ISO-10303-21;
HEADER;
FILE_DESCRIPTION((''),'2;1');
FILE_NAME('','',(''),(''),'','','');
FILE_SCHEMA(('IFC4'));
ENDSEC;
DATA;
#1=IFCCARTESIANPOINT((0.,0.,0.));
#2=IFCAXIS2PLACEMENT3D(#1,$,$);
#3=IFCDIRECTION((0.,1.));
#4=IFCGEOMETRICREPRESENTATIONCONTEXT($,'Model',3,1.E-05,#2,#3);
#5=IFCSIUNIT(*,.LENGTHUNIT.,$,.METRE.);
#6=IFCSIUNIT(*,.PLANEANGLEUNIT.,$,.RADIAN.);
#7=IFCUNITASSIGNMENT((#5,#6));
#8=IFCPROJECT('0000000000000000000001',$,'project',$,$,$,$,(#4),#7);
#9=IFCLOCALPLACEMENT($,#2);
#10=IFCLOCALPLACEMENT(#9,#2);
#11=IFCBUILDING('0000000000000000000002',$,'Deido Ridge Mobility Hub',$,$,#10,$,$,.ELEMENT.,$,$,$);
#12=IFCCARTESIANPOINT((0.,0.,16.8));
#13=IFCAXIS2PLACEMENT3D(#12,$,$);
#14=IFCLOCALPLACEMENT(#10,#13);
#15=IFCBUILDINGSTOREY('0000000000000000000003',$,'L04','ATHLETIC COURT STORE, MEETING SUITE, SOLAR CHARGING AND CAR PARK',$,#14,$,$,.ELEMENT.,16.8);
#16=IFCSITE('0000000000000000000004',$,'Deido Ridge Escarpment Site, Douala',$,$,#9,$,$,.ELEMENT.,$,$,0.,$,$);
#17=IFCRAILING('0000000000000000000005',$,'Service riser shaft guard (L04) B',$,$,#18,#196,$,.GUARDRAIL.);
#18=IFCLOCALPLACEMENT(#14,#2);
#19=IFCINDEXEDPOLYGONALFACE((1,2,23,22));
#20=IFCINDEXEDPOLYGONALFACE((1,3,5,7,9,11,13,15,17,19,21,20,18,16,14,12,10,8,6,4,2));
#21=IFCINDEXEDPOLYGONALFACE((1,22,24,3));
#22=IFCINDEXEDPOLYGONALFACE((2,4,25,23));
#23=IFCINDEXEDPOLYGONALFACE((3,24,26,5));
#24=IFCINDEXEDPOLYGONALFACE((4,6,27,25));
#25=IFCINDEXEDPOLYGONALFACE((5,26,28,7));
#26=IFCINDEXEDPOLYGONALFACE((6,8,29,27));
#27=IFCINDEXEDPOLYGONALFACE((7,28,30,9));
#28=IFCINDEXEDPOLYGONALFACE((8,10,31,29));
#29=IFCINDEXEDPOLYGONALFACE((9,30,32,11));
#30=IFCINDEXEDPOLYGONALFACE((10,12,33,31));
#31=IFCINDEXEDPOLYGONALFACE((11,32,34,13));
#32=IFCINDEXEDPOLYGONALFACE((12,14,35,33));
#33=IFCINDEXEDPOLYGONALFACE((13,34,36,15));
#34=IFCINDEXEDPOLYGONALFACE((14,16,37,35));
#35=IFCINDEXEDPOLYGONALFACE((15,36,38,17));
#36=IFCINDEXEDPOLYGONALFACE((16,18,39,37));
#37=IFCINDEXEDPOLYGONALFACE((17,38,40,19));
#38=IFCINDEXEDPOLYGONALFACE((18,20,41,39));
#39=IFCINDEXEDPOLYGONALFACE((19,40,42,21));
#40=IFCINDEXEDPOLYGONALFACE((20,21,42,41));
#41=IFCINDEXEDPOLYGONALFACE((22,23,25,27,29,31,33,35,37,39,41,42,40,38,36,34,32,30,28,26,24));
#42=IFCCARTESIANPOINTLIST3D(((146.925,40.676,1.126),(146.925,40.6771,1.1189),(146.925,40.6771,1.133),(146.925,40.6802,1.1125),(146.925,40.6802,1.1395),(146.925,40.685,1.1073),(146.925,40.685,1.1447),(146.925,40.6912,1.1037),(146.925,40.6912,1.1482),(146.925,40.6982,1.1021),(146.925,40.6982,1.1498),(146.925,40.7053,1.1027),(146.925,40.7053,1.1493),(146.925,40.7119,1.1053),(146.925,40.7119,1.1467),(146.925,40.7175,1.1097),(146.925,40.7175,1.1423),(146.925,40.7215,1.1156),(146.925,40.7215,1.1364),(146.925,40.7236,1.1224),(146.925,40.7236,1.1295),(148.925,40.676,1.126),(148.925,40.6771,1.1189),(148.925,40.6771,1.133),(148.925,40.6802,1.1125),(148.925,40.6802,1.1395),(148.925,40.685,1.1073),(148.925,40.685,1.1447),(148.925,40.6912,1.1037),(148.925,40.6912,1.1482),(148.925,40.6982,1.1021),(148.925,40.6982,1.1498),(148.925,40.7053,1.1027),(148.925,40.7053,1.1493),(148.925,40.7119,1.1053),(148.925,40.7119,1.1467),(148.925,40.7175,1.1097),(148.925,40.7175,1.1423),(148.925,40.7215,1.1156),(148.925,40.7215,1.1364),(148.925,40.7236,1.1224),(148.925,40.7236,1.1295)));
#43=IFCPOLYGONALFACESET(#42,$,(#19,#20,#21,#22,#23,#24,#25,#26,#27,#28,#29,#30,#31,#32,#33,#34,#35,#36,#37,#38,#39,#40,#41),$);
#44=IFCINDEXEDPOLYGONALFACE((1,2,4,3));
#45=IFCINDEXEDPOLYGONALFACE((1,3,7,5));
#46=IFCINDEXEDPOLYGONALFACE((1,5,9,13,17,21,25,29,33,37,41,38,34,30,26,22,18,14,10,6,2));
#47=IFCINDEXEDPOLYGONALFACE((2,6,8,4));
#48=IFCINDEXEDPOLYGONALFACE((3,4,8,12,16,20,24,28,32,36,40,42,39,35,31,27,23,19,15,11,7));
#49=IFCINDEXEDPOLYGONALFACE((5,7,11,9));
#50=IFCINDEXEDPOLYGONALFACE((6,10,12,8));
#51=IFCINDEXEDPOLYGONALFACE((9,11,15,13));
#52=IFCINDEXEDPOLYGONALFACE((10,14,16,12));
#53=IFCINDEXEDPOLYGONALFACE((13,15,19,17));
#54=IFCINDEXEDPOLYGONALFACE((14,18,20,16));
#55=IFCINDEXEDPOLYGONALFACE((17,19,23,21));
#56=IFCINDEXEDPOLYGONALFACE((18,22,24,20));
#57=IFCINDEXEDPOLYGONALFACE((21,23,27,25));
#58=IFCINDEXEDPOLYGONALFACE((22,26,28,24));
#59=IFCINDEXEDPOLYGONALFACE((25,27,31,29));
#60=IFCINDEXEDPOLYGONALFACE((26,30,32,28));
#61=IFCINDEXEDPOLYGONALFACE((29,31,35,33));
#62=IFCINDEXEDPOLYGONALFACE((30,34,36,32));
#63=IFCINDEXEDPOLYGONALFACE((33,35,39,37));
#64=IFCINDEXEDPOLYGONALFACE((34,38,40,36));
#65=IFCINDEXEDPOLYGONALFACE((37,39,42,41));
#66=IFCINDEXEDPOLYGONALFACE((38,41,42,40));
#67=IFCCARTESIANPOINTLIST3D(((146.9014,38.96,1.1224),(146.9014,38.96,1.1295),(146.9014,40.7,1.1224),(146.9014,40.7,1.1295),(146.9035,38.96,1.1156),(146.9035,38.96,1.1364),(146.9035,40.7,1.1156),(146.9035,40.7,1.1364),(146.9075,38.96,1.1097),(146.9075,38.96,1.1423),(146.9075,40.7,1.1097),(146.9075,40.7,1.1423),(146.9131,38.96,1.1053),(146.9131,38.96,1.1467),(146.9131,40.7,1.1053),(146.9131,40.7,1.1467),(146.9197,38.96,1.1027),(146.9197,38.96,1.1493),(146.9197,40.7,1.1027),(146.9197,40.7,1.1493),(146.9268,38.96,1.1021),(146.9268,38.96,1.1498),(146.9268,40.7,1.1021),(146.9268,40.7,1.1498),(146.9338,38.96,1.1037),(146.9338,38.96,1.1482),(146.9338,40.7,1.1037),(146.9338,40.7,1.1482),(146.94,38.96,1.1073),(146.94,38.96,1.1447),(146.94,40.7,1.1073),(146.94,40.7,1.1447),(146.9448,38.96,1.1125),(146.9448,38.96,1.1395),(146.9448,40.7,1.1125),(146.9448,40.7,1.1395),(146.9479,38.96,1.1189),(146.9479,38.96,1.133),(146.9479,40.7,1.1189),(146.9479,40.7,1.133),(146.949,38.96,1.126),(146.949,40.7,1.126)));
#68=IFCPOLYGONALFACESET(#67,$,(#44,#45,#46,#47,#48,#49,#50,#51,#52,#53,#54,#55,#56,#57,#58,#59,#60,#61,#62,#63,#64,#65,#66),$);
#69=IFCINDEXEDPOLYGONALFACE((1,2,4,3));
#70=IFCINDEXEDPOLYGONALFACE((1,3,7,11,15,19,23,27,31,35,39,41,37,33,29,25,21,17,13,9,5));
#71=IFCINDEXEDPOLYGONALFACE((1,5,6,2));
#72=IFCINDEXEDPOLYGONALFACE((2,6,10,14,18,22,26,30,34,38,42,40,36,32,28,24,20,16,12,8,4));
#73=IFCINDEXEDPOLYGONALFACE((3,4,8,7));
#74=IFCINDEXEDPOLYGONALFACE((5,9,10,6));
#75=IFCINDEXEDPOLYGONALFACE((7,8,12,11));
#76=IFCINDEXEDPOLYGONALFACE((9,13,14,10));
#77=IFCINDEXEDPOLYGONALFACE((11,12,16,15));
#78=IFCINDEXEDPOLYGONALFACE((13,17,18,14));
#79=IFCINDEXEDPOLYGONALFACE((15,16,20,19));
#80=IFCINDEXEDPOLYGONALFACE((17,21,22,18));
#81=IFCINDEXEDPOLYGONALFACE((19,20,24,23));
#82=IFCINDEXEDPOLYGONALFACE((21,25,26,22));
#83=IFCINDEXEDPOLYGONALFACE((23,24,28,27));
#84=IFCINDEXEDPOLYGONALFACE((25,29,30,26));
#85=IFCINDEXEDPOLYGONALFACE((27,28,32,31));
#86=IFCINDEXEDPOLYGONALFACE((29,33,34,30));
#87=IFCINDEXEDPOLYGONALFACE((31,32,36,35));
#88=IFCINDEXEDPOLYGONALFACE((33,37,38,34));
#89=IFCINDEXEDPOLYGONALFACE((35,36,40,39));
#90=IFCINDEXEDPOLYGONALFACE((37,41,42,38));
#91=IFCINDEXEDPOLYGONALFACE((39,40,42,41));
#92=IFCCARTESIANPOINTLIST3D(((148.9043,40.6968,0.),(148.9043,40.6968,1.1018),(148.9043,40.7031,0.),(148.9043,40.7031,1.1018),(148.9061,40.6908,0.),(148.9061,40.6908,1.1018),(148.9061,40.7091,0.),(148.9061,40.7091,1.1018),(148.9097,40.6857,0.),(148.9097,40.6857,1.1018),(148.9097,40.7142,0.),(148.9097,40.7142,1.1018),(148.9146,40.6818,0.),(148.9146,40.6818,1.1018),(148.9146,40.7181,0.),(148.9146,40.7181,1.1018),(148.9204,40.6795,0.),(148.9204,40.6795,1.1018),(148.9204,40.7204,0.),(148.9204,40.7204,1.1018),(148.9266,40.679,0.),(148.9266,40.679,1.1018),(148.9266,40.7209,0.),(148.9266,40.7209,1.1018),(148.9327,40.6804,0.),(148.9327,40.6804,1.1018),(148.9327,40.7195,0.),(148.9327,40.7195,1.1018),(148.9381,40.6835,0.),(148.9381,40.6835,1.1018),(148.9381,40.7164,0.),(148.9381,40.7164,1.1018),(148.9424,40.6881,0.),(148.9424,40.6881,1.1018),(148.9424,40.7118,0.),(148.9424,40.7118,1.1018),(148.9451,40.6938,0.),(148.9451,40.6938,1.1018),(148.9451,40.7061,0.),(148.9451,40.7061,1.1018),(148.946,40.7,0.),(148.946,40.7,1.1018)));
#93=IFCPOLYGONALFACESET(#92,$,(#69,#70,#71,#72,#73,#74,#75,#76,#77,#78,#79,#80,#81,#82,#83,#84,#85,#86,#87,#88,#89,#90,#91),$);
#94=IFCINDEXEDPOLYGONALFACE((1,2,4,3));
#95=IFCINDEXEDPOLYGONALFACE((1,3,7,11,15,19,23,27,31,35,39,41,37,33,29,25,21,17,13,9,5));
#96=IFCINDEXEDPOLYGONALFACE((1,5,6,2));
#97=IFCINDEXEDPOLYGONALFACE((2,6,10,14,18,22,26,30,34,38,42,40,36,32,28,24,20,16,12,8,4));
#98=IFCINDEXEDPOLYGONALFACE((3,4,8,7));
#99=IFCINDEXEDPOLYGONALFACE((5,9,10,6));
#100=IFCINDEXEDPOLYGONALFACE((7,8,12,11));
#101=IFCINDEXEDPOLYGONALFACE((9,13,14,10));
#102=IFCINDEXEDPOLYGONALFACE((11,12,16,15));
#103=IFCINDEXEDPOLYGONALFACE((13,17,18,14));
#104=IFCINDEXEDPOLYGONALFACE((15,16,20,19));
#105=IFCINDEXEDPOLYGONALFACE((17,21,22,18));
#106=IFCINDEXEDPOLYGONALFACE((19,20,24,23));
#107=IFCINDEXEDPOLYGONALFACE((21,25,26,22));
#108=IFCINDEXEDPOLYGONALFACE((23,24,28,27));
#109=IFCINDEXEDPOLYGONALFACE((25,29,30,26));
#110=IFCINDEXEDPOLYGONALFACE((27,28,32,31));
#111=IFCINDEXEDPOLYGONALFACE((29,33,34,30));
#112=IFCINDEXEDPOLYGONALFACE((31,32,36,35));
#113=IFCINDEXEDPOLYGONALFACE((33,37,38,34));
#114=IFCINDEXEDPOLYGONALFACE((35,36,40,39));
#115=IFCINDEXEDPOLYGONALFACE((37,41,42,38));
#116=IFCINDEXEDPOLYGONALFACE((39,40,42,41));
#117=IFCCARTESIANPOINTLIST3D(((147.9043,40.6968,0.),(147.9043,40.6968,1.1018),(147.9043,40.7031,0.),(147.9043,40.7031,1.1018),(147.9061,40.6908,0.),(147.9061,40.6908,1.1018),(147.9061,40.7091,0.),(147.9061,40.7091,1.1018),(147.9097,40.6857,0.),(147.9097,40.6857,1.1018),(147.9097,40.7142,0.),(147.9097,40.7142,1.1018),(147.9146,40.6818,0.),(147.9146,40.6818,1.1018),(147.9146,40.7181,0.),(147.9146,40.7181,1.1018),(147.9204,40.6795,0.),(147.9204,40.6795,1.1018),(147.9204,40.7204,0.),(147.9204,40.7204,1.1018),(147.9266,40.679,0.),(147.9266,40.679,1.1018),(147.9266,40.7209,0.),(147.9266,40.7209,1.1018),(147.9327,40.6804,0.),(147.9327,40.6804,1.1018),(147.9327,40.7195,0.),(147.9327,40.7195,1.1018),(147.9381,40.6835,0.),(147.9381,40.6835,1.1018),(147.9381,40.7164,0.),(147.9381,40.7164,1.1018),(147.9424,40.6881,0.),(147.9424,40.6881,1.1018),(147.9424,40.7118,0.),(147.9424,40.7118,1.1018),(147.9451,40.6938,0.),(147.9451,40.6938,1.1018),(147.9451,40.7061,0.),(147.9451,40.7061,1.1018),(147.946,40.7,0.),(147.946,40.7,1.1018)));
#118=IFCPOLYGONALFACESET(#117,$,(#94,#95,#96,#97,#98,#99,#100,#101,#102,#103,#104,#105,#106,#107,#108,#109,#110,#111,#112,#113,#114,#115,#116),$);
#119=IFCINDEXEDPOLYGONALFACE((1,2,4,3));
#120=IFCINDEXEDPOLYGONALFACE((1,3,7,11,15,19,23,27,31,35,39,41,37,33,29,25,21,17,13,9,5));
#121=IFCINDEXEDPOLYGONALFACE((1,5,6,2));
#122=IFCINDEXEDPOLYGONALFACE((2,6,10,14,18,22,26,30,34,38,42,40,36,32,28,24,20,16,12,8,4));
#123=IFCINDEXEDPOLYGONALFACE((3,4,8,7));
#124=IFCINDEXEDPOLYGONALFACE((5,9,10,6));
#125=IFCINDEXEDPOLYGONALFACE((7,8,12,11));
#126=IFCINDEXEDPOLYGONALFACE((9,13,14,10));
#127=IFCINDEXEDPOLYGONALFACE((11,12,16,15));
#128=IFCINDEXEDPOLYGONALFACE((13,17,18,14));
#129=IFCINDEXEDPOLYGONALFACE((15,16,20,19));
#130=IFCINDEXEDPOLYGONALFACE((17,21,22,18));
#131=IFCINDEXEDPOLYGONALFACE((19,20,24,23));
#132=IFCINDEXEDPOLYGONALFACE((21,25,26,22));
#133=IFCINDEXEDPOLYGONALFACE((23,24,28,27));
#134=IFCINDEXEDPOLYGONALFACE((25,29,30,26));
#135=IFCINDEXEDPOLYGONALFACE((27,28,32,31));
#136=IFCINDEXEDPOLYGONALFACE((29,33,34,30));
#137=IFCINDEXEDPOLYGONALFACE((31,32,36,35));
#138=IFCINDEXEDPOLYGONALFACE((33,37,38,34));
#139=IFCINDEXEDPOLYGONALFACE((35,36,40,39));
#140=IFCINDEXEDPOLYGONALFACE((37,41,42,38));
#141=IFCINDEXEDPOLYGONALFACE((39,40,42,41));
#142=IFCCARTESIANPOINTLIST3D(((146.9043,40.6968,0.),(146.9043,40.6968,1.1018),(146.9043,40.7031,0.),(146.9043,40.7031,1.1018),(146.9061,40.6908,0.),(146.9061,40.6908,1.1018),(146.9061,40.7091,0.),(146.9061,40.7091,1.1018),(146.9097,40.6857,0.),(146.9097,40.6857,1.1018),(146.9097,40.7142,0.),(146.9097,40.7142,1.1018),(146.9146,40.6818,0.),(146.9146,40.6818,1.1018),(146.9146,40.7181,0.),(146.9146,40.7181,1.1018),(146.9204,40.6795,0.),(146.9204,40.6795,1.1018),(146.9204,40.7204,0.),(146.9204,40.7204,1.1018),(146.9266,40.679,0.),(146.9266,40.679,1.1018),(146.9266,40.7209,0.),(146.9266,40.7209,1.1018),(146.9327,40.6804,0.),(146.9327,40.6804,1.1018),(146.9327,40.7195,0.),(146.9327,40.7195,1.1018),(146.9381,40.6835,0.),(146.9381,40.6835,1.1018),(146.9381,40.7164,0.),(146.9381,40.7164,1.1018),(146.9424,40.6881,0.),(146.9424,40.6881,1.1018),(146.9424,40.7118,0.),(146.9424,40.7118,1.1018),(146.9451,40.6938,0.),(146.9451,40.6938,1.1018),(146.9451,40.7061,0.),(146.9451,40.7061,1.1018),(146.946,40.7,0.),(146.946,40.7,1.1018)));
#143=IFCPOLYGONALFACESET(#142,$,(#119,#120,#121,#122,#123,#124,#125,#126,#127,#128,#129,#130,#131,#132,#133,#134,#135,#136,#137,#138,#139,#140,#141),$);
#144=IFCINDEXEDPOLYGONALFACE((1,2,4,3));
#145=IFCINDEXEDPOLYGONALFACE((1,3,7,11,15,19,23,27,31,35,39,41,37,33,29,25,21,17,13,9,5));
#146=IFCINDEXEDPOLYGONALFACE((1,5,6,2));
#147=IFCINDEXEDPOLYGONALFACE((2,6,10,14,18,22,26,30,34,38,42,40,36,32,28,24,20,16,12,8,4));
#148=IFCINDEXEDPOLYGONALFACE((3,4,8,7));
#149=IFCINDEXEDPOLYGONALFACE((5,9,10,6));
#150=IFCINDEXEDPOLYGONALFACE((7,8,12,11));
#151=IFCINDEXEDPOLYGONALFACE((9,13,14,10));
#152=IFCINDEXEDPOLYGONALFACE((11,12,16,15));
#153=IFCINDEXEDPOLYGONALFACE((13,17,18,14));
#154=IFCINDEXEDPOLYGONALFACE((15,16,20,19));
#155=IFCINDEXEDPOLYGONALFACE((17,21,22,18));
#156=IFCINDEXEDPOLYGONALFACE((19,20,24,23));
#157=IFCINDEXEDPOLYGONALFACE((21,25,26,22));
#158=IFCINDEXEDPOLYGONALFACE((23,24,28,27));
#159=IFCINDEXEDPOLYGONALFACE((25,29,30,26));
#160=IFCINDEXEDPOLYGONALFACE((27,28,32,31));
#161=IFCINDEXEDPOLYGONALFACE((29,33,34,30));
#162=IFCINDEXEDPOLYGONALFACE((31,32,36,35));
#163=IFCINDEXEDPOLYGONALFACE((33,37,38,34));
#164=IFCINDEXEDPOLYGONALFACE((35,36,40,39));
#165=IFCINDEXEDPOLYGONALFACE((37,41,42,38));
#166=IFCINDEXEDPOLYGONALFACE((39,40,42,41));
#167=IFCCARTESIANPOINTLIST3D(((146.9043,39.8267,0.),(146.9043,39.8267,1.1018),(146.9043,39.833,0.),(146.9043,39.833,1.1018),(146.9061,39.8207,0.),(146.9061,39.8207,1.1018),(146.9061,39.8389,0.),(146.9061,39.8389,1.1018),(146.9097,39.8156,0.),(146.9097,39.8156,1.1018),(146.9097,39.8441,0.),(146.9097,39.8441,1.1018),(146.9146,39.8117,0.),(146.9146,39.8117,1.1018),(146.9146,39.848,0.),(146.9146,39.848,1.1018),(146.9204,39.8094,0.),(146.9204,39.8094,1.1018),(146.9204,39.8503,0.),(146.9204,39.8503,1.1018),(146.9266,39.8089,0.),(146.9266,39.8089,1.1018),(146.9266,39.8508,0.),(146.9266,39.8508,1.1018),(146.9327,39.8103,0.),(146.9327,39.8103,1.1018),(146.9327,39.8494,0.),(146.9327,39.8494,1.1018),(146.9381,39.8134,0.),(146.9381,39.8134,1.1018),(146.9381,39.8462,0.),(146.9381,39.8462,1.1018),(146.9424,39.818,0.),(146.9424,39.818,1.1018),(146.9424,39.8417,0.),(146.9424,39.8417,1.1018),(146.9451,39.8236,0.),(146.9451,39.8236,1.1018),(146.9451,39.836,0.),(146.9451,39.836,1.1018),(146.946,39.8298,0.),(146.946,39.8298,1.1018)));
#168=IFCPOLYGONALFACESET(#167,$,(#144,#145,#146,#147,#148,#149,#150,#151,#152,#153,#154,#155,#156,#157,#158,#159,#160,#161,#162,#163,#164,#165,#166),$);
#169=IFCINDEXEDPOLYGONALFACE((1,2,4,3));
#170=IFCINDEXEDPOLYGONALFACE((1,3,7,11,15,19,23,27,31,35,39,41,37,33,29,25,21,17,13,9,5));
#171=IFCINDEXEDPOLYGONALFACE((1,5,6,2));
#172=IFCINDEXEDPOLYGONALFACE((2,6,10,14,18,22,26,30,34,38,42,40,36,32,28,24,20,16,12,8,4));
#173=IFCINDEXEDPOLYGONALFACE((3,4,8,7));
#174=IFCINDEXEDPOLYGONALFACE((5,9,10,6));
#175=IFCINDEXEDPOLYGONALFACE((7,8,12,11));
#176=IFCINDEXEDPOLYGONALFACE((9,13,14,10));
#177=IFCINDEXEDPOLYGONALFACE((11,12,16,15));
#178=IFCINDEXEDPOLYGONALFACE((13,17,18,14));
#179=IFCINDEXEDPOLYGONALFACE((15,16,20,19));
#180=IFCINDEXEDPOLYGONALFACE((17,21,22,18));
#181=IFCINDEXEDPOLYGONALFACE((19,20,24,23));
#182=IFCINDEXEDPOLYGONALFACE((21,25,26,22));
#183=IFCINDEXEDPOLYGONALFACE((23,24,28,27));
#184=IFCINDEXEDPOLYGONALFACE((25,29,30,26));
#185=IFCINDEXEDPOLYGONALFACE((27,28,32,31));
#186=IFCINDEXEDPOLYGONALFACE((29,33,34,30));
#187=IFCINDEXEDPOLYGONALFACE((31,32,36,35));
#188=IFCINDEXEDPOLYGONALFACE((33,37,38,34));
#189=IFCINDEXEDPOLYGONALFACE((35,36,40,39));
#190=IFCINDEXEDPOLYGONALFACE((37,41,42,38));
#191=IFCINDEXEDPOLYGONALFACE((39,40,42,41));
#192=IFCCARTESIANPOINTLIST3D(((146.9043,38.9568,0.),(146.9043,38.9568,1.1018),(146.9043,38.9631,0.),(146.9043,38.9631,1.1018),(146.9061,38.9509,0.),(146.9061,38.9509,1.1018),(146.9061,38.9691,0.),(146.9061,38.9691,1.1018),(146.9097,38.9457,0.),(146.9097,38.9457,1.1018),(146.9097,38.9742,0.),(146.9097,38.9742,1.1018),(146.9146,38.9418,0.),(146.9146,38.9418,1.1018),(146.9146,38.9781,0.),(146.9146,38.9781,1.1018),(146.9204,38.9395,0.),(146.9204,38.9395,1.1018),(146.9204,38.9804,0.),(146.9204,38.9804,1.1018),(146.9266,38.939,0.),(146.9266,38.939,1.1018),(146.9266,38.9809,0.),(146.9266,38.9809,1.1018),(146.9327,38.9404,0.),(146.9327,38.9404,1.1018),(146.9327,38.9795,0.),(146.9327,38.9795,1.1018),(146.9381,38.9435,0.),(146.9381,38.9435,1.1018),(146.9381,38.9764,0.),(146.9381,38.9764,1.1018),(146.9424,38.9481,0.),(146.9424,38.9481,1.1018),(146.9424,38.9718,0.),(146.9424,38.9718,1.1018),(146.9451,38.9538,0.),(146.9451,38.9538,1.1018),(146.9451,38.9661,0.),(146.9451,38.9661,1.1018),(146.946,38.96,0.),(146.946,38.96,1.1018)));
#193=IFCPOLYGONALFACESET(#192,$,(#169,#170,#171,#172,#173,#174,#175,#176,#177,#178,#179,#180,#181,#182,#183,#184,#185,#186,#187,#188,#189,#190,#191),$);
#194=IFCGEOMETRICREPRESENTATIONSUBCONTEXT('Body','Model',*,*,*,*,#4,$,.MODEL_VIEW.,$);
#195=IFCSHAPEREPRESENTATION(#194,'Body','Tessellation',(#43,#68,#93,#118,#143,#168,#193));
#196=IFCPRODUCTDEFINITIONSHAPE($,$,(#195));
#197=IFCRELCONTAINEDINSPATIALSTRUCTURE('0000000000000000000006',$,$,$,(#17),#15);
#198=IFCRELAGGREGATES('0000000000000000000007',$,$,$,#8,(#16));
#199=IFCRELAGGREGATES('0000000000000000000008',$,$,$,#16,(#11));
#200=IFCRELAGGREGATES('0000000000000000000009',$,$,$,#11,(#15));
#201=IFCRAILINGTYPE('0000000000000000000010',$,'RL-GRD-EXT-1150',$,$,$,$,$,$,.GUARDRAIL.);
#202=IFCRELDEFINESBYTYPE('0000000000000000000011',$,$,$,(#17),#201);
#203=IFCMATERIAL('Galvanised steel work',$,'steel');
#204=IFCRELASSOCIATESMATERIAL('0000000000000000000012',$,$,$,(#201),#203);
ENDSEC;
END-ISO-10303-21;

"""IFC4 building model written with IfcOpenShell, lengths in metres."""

from ifc_helpers import new_model, si_unit, direction, frame, origin, origin_2d, place, context, subcontext, project, spatial, circle, extrude, material, type_object, element, save


model = new_model("IFC4")

# Units and contexts
model_context = context("Model", 3, precision=1e-05, world=origin(), true_north=direction((0.0, 1.0)))
body_context = subcontext(model_context, "Body", "Model", "MODEL_VIEW")
ifc_project = project(units=[si_unit("LENGTHUNIT", "METRE"), si_unit("PLANEANGLEUNIT", "RADIAN")], contexts=[model_context])

# Site, building, storey
site_placement = place(None, origin())
site = spatial("IfcSite", under=ifc_project, at=site_placement, Name="Deido Ridge Escarpment Site, Douala", CompositionType="ELEMENT", RefElevation=0.0)
building_placement = place(site_placement, origin())
building = spatial("IfcBuilding", under=site, at=building_placement, Name="Deido Ridge Mobility Hub", CompositionType="ELEMENT")
storey_placement = place(building_placement, frame((0.0, 0.0, 16.8)))
storey = spatial("IfcBuildingStorey", under=building, at=storey_placement, Name="L04", Description="ATHLETIC COURT STORE, MEETING SUITE, SOLAR CHARGING AND CAR PARK", CompositionType="ELEMENT", Elevation=16.8)

# Railing
ifc_material_1 = material(Name="Galvanised steel work", Category="steel")
railing_type = type_object("IfcRailingType", Name="RL-GRD-EXT-1150", PredefinedType="GUARDRAIL", material=ifc_material_1)
railing_1_placement = place(storey_placement, frame((148.925, 40.7, 0.0)))
element("IfcRailing", 1, at=railing_1_placement, inside=storey, type_object=railing_type, Name="Service riser shaft guard (L04) B", PredefinedType="GUARDRAIL", context=body_context, shape_type="SweptSolid", body=[
    extrude(circle(Radius=0.0239, at=origin_2d()), frame((0.0, 0.0, 1.126), z_axis=(-1.0, 0.0, 0.0), x_axis=(0.0, -1.0, 0.0)), (0.0, 0.0, 1.0), 2.0),
    extrude(circle(Radius=0.0239, at=origin_2d()), frame((-2.0, 0.0, 1.126), z_axis=(0.0, -1.0, 0.0), x_axis=(1.0, 0.0, 0.0)), (0.0, 0.0, 1.0), 1.74),
    extrude(circle(Radius=0.021, at=origin_2d()), origin(), (0.0, 0.0, 1.0), 1.1018),
    extrude(circle(Radius=0.021, at=origin_2d()), frame((-1.0, 0.0, 0.0)), (0.0, 0.0, 1.0), 1.1018),
    extrude(circle(Radius=0.021, at=origin_2d()), frame((-2.0, 0.0, 0.0)), (0.0, 0.0, 1.0), 1.1018),
    extrude(circle(Radius=0.021, at=origin_2d()), frame((-2.0, -0.8701, 0.0)), (0.0, 0.0, 1.0), 1.1018),
    extrude(circle(Radius=0.021, at=origin_2d()), frame((-2.0, -1.74, 0.0)), (0.0, 0.0, 1.0), 1.1018),
])

save(model, "model.ifc")
